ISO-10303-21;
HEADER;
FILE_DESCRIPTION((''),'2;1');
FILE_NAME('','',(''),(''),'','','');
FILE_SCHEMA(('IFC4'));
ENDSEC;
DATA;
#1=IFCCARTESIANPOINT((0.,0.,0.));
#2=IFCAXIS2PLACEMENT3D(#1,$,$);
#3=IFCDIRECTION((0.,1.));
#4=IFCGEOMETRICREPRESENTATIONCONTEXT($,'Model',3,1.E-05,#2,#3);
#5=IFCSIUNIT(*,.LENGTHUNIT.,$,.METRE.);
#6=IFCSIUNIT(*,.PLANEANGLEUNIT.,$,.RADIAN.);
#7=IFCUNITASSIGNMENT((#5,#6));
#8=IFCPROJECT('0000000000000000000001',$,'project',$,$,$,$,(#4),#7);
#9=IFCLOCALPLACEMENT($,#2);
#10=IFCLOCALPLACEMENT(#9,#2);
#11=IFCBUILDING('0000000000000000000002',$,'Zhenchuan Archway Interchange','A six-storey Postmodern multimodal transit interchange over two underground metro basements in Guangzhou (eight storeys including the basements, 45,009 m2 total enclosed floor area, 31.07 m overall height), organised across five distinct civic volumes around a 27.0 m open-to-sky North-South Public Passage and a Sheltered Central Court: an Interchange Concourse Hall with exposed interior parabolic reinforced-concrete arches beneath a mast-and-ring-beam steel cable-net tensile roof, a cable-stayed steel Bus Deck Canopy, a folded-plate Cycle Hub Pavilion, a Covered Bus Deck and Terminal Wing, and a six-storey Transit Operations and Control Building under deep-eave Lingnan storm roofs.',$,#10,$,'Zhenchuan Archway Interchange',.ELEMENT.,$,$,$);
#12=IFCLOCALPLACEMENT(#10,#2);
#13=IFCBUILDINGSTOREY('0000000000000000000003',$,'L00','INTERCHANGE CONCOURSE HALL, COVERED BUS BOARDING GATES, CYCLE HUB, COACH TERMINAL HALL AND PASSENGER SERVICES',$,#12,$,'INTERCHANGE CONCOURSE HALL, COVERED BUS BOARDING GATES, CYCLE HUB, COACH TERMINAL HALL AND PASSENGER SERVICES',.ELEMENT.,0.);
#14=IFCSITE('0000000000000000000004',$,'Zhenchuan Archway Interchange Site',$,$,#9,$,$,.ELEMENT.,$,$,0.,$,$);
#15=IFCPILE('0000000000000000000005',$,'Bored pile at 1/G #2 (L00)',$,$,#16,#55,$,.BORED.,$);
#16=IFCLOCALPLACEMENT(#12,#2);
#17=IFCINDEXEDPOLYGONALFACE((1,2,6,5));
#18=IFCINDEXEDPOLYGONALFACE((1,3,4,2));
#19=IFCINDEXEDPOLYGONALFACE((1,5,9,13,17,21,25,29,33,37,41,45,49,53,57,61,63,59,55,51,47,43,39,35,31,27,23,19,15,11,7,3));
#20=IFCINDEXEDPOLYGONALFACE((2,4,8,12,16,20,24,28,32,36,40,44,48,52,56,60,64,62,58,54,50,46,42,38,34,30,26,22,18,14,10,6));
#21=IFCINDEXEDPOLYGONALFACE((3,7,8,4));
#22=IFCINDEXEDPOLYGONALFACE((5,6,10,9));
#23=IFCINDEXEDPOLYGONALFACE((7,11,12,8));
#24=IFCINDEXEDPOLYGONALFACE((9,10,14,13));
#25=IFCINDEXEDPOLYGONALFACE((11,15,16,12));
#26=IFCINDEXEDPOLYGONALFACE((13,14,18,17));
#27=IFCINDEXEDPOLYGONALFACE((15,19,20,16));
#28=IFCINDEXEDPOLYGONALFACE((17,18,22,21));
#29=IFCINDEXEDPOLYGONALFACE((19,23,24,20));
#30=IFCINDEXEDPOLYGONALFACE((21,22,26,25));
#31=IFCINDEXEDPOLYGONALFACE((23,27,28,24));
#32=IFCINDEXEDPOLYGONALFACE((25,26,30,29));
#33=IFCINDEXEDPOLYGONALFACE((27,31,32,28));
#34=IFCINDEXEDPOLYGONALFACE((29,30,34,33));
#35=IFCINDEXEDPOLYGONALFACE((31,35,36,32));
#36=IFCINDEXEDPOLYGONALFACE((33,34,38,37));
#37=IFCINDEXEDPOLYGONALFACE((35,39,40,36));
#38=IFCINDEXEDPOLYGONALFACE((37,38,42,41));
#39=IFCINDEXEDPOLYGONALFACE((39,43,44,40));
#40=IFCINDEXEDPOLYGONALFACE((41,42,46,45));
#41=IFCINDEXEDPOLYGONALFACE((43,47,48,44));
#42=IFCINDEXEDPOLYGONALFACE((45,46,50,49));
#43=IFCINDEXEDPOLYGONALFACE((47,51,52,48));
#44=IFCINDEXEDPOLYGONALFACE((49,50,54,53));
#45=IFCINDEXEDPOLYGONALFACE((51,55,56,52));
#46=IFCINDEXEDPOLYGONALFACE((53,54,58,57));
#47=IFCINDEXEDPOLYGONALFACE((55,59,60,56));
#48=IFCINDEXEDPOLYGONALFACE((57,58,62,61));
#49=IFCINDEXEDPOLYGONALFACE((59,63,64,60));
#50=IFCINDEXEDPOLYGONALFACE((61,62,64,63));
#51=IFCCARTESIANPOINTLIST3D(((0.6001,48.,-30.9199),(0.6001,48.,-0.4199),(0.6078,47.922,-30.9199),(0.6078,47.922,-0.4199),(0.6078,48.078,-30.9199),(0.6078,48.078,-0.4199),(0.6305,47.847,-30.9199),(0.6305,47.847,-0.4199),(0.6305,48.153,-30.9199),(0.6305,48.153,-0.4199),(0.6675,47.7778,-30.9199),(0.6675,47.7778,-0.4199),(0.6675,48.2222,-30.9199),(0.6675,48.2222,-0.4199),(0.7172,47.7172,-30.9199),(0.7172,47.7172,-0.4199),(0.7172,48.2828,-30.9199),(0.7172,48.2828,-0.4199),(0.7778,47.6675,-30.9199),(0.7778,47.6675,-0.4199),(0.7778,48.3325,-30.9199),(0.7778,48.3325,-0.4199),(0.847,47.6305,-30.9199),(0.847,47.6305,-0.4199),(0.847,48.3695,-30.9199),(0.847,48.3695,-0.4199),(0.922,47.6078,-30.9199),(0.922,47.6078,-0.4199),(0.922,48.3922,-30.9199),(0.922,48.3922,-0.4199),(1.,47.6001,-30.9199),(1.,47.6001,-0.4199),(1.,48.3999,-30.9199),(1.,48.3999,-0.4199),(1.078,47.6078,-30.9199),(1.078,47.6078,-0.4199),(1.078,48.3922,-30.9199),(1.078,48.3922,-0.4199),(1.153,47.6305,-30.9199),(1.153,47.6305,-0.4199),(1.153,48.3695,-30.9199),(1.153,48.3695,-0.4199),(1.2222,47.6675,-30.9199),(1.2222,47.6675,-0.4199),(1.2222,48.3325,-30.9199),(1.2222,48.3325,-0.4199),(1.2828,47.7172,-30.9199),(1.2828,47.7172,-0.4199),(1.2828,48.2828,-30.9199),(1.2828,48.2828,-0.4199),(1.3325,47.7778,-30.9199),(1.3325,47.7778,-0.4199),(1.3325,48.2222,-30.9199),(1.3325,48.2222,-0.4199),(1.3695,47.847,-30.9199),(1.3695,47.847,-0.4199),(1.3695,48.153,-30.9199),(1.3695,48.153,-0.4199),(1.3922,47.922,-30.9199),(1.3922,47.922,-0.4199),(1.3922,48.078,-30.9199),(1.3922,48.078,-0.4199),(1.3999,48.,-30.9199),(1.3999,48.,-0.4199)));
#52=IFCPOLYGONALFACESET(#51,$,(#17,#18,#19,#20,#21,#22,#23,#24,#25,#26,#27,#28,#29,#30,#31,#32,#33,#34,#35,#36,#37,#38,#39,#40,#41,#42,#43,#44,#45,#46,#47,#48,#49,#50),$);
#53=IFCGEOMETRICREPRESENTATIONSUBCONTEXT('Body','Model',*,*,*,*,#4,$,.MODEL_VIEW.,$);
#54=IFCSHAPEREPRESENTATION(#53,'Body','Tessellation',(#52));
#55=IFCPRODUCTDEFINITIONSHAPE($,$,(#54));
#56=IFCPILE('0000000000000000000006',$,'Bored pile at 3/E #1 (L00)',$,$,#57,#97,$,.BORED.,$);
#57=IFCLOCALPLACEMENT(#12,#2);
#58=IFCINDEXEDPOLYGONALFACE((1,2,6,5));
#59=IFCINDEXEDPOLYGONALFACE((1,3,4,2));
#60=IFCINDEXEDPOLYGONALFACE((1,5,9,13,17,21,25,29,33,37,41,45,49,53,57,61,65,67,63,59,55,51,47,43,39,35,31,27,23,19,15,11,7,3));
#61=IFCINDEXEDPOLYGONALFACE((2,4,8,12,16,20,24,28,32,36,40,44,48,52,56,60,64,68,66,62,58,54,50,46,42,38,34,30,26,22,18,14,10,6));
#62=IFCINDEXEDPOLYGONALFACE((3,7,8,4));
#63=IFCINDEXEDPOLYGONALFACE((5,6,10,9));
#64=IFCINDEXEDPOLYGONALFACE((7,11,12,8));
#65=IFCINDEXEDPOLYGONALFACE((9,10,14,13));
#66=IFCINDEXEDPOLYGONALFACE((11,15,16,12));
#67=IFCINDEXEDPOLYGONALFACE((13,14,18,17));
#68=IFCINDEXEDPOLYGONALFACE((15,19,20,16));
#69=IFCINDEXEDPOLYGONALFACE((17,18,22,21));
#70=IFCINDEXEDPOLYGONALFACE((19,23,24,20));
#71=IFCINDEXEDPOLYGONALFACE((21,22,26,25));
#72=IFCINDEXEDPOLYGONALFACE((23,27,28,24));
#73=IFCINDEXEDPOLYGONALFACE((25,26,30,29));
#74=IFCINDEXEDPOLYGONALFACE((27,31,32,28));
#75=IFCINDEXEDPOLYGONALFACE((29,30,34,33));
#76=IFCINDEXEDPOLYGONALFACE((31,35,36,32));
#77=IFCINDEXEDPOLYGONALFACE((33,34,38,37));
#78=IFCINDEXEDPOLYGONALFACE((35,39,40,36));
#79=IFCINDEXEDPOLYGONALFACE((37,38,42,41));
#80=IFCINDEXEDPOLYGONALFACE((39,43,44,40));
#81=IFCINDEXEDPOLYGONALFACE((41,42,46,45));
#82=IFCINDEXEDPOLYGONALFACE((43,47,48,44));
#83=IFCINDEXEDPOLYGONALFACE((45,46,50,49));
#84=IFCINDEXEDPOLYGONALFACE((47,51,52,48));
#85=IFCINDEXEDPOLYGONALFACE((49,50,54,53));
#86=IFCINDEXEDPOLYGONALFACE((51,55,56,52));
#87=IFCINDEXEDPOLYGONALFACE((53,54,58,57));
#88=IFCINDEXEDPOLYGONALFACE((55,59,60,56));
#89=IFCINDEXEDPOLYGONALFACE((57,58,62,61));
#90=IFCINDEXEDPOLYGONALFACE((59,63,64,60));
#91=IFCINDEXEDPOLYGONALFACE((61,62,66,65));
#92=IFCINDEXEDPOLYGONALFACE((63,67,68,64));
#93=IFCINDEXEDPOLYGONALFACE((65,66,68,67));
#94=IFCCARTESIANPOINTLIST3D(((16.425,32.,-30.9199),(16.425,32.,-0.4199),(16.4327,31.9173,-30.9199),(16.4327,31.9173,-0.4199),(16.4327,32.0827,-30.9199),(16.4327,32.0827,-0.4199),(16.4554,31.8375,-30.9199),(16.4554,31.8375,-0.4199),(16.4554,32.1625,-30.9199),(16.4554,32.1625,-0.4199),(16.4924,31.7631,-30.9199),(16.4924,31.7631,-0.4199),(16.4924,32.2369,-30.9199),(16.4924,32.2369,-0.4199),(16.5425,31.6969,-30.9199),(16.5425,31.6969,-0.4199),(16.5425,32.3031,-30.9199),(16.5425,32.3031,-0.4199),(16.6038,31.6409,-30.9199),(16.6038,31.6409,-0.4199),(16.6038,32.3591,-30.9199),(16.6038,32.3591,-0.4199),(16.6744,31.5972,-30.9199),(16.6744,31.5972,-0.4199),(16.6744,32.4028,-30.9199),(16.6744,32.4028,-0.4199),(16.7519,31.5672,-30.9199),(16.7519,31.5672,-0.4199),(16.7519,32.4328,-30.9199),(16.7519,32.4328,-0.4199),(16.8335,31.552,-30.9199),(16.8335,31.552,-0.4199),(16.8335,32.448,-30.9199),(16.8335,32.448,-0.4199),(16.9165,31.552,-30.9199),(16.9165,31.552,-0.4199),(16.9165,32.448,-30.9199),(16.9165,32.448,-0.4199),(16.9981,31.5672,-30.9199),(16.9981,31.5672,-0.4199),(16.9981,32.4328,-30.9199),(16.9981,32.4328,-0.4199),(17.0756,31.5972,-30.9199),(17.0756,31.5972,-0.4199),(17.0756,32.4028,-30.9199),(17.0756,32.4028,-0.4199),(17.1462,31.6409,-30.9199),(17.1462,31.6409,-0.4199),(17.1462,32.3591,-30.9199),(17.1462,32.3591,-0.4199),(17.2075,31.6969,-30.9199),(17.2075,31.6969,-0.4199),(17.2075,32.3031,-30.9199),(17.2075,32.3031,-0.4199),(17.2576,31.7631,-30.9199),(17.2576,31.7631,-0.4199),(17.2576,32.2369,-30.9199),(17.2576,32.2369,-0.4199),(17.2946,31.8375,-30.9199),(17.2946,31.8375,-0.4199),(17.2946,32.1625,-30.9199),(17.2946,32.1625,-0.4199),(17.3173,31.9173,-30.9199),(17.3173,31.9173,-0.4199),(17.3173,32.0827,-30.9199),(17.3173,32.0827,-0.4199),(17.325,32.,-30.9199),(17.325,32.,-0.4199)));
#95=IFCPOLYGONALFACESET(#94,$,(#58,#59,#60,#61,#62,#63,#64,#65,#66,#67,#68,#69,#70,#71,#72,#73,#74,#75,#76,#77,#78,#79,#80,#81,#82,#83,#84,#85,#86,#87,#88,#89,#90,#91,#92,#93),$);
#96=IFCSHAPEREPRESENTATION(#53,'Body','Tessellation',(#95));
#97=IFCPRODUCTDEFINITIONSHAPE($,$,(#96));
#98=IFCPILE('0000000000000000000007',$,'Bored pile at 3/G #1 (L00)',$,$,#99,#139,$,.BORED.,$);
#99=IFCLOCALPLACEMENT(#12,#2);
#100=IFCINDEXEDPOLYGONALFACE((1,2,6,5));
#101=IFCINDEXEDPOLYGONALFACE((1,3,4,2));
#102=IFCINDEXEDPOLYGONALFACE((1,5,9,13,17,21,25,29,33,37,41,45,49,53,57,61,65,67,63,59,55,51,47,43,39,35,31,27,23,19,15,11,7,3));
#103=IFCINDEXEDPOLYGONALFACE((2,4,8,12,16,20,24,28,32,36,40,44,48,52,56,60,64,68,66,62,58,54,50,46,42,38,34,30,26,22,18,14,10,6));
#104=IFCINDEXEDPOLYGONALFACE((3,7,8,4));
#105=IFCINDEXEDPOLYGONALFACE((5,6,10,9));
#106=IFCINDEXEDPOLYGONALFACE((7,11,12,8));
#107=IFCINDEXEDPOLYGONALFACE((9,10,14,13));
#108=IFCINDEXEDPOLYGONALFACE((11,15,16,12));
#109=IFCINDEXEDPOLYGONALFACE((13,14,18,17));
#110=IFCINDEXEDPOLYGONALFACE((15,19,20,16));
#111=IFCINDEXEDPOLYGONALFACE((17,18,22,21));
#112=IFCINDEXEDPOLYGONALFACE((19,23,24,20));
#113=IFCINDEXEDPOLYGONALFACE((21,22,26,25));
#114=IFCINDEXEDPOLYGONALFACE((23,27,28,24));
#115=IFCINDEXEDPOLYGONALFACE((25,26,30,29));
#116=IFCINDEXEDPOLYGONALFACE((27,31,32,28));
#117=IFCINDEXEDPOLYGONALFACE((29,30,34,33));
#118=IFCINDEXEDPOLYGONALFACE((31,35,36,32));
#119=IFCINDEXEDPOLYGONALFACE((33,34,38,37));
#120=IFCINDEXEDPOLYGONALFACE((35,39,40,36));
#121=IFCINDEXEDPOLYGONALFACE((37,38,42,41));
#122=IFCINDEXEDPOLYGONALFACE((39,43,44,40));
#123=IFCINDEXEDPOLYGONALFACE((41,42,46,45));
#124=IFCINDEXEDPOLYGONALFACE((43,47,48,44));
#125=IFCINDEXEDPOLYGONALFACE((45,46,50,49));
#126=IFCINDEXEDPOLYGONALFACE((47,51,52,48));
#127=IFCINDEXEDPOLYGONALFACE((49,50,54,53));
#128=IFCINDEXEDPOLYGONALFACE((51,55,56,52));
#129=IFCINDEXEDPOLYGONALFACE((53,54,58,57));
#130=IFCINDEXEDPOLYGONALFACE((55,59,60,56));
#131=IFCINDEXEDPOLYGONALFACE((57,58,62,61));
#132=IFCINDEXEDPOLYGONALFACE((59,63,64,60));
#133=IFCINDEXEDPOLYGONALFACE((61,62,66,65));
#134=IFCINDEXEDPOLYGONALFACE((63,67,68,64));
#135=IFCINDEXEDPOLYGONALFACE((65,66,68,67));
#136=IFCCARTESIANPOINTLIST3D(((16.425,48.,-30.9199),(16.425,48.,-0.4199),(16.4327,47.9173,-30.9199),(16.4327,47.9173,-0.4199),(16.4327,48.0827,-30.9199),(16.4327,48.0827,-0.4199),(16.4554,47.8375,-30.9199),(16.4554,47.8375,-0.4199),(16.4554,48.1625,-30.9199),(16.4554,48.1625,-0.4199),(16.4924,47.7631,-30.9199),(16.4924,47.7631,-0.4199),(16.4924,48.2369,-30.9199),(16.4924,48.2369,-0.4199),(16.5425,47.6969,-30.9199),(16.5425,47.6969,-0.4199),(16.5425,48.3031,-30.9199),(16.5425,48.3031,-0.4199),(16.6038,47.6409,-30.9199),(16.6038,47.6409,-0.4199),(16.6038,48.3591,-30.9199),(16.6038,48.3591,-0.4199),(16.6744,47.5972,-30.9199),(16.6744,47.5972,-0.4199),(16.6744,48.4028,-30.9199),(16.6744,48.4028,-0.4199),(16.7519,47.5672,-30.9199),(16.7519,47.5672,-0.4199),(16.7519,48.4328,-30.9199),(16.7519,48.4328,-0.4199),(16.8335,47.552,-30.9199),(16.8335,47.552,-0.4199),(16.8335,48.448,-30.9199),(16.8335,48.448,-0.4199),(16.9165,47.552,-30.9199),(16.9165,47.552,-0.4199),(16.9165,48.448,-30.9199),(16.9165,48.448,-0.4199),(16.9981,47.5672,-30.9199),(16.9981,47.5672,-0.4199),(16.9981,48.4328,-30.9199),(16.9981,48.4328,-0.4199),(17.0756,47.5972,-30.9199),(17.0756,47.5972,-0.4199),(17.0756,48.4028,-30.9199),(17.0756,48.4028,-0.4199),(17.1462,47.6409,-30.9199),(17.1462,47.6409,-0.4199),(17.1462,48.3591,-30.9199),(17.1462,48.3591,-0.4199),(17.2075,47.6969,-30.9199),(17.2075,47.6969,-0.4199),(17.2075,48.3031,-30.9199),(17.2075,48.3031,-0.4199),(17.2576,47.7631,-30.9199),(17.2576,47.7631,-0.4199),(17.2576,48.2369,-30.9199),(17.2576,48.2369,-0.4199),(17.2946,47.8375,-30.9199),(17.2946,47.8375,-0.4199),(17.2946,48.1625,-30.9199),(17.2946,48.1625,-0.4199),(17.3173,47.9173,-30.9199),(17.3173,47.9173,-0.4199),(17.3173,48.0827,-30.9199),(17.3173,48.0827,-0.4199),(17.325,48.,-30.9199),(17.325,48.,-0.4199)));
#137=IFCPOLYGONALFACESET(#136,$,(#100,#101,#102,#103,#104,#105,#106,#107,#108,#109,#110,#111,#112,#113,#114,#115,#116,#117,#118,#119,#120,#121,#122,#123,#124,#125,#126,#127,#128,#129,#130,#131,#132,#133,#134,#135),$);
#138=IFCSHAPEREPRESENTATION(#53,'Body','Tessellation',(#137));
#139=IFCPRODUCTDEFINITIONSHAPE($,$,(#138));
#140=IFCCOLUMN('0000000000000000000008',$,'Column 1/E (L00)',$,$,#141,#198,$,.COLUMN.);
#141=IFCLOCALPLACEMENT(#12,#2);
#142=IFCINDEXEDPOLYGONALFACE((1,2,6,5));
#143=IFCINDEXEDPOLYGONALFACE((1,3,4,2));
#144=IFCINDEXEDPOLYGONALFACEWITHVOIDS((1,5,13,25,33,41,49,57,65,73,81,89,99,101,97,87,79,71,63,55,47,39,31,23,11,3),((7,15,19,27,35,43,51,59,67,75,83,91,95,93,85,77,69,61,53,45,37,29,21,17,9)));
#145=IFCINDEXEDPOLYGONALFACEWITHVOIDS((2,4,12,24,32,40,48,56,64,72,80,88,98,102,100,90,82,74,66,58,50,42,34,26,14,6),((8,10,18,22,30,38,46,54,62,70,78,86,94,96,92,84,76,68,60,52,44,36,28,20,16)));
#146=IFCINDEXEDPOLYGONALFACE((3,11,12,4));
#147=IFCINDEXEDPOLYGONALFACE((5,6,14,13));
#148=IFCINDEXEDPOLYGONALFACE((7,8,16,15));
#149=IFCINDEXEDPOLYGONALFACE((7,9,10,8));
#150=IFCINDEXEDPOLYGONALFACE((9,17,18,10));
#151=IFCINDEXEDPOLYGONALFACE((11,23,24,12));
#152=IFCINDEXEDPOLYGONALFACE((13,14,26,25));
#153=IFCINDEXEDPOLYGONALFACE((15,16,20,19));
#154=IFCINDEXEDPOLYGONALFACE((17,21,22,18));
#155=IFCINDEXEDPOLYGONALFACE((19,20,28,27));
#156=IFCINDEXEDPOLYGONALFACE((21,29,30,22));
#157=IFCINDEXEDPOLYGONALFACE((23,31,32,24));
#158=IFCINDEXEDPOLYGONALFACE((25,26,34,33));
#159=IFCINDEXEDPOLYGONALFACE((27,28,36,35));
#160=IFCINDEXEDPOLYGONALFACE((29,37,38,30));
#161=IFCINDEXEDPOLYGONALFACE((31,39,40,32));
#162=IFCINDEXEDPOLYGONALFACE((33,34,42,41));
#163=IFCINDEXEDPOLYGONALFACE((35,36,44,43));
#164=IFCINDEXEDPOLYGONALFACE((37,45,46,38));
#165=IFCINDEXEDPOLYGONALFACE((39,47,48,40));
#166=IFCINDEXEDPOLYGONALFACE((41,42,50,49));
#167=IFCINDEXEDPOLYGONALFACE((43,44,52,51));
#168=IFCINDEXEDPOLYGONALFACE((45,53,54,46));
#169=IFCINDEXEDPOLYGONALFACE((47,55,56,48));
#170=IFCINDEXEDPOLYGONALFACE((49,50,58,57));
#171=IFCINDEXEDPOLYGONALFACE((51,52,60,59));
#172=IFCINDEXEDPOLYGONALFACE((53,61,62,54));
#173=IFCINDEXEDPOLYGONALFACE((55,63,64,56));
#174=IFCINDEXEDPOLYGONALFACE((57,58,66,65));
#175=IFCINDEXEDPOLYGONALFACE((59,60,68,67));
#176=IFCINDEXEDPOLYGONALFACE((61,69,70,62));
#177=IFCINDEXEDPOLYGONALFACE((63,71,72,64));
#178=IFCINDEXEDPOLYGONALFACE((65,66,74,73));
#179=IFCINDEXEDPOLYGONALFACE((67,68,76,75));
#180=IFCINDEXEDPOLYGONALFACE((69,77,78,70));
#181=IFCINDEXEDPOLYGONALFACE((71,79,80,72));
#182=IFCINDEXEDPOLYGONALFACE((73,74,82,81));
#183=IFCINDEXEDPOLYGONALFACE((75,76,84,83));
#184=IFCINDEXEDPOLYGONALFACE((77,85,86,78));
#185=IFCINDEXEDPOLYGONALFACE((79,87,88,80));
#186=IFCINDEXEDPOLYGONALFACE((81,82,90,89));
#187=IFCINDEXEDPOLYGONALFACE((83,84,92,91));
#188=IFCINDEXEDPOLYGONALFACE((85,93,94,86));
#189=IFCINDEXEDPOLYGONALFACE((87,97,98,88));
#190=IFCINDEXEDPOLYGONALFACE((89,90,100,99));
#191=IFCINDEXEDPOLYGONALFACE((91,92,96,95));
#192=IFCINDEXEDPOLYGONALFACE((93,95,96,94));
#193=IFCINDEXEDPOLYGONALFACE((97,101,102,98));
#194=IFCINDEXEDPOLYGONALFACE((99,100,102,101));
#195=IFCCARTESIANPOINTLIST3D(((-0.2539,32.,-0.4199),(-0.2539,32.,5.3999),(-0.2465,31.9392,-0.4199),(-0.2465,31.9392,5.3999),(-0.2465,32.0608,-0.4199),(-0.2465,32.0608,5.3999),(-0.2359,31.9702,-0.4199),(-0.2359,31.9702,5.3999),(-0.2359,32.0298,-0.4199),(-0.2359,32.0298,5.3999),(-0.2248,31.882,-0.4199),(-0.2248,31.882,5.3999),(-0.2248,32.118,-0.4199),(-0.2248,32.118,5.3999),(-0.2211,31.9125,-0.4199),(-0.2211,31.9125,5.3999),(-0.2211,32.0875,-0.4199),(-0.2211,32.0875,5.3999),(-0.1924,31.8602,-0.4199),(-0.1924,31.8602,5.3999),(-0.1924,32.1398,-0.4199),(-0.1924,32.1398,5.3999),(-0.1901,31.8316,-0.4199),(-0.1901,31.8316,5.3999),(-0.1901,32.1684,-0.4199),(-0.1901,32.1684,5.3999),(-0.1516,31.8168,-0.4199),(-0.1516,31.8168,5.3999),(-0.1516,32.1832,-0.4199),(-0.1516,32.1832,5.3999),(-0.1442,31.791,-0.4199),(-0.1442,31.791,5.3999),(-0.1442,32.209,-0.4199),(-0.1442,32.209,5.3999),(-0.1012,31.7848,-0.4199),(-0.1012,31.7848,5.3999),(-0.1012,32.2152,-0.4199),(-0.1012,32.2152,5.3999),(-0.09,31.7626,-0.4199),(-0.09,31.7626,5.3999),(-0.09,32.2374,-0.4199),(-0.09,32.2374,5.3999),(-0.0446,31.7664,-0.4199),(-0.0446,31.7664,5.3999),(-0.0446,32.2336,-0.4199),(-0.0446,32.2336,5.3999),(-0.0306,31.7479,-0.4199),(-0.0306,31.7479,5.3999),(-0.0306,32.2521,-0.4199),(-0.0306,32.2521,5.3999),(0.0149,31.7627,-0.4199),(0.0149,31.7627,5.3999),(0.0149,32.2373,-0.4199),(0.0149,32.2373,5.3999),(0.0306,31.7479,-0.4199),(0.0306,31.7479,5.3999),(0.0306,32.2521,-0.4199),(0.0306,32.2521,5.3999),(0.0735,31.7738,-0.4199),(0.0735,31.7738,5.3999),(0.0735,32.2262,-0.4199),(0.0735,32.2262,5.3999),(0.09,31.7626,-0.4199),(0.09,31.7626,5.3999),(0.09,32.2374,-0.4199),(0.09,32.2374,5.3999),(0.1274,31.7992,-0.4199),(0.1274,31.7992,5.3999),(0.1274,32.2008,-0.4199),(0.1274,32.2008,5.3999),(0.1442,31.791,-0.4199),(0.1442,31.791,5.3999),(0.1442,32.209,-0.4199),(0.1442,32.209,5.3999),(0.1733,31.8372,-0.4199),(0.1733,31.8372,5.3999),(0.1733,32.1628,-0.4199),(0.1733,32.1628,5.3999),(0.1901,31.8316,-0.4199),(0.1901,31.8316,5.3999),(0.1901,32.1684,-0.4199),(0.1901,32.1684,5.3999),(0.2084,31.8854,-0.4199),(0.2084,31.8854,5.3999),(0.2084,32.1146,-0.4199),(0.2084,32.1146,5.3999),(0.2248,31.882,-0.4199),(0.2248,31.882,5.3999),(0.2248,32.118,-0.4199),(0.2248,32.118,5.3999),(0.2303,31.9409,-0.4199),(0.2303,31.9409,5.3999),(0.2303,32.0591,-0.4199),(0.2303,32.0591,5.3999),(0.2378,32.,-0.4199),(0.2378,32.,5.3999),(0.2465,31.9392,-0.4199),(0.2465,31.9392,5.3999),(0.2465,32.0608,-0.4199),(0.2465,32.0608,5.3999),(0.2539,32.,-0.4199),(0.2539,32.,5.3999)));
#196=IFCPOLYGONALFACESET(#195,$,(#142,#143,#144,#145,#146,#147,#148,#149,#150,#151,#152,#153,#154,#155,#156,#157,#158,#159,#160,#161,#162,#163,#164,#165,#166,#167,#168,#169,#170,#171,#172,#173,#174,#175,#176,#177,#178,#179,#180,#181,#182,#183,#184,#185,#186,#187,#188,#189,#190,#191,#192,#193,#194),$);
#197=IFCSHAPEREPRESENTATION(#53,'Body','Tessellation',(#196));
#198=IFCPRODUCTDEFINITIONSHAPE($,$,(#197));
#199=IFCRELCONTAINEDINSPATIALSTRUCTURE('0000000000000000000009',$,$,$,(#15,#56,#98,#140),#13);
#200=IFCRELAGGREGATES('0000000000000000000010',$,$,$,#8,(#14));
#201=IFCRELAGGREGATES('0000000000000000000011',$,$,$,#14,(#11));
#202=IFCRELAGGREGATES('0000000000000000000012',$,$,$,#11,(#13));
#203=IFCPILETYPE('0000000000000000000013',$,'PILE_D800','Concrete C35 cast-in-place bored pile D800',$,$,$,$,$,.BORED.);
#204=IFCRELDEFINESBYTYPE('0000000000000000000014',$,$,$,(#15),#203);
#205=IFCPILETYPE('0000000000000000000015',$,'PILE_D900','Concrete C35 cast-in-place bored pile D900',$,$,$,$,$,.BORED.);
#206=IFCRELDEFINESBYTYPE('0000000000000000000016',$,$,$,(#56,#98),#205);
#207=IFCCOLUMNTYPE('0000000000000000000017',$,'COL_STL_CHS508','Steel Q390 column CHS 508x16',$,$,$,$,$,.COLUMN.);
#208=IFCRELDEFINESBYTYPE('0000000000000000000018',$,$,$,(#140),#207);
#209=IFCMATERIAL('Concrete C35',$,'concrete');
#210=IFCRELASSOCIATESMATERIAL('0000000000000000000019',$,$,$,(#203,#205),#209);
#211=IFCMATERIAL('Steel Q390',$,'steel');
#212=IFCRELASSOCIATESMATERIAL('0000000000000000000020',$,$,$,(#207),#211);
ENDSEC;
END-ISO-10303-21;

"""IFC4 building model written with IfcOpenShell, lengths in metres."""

from ifc_helpers import new_model, si_unit, direction, frame, origin, origin_2d, place, context, subcontext, project, spatial, circle, hollow_circle, extrude, material, material_profile, profile_set, type_object, element, save


model = new_model("IFC4")

# Units and contexts
model_context = context("Model", 3, precision=1e-05, world=origin(), true_north=direction((0.0, 1.0)))
body_context = subcontext(model_context, "Body", "Model", "MODEL_VIEW")
ifc_project = project(units=[si_unit("LENGTHUNIT", "METRE"), si_unit("PLANEANGLEUNIT", "RADIAN")], contexts=[model_context])

# Site, building, storey
site_placement = place(None, origin())
site = spatial("IfcSite", under=ifc_project, at=site_placement, Name="Zhenchuan Archway Interchange Site", CompositionType="ELEMENT", RefElevation=0.0)
building_placement = place(site_placement, origin())
building = spatial("IfcBuilding", under=site, at=building_placement, Name="Zhenchuan Archway Interchange", Description="A six-storey Postmodern multimodal transit interchange over two underground metro basements in Guangzhou (eight storeys including the basements, 45,009 m2 total enclosed floor area, 31.07 m overall height), organised across five distinct civic volumes around a 27.0 m open-to-sky North-South Public Passage and a Sheltered Central Court: an Interchange Concourse Hall with exposed interior parabolic reinforced-concrete arches beneath a mast-and-ring-beam steel cable-net tensile roof, a cable-stayed steel Bus Deck Canopy, a folded-plate Cycle Hub Pavilion, a Covered Bus Deck and Terminal Wing, and a six-storey Transit Operations and Control Building under deep-eave Lingnan storm roofs.", LongName="Zhenchuan Archway Interchange", CompositionType="ELEMENT")
storey_placement = place(building_placement, origin())
storey = spatial("IfcBuildingStorey", under=building, at=storey_placement, Name="L00", Description="INTERCHANGE CONCOURSE HALL, COVERED BUS BOARDING GATES, CYCLE HUB, COACH TERMINAL HALL AND PASSENGER SERVICES", LongName="INTERCHANGE CONCOURSE HALL, COVERED BUS BOARDING GATES, CYCLE HUB, COACH TERMINAL HALL AND PASSENGER SERVICES", CompositionType="ELEMENT", Elevation=0.0)

# Piles
ifc_material_1 = material(Name="Concrete C35", Category="concrete")
ifc_material_profile_1 = material_profile(ifc_material_1, circle(Radius=0.3999, at=origin_2d()), Name="BORED PILE 800")
ifc_profile_set_1 = profile_set([ifc_material_profile_1], Name="Concrete C35")
pile_type_1 = type_object("IfcPileType", Name="PILE_D800", Description="Concrete C35 cast-in-place bored pile D800", PredefinedType="BORED", material=ifc_profile_set_1)
for number, where, z_axis, x_axis, name in (
    (1, (1.0, 48.0, -0.4199), (0.0, 0.0, -1.0), (1.0, 0.0, 0.0), "Bored pile at 1/G #2 (L00)"),
):
    element("IfcPile", number, at=place(storey_placement, frame(where, z_axis=z_axis, x_axis=x_axis)), inside=storey, type_object=pile_type_1, Name=name, PredefinedType="BORED", context=body_context, shape_type="SweptSolid", body=[
        extrude(circle(Radius=0.3999, at=origin_2d()), origin(), (0.0, 0.0, 1.0), 30.5),
    ])
ifc_material_profile_2 = material_profile(ifc_material_1, circle(Radius=0.45, at=origin_2d()), Name="BORED PILE 900")
ifc_profile_set_2 = profile_set([ifc_material_profile_2], Name="Concrete C35")
pile_type_2 = type_object("IfcPileType", Name="PILE_D900", Description="Concrete C35 cast-in-place bored pile D900", PredefinedType="BORED", material=ifc_profile_set_2)
for number, where, z_axis, x_axis, name in (
    (2, (16.875, 32.0, -0.4199), (0.0, 0.0, -1.0), (1.0, 0.0, 0.0), "Bored pile at 3/E #1 (L00)"),
    (3, (16.875, 48.0, -0.4199), (0.0, 0.0, -1.0), (1.0, 0.0, 0.0), "Bored pile at 3/G #1 (L00)"),
):
    element("IfcPile", number, at=place(storey_placement, frame(where, z_axis=z_axis, x_axis=x_axis)), inside=storey, type_object=pile_type_2, Name=name, PredefinedType="BORED", context=body_context, shape_type="SweptSolid", body=[
        extrude(circle(Radius=0.45, at=origin_2d()), origin(), (0.0, 0.0, 1.0), 30.5),
    ])

# Column
ifc_material_2 = material(Name="Steel Q390", Category="steel")
ifc_material_profile_3 = material_profile(ifc_material_2, hollow_circle(Radius=0.2539, WallThickness=0.0161, at=origin_2d()), Name="CHS 508x16")
ifc_profile_set_3 = profile_set([ifc_material_profile_3], Name="Steel Q390")
column_type = type_object("IfcColumnType", Name="COL_STL_CHS508", Description="Steel Q390 column CHS 508x16", PredefinedType="COLUMN", material=ifc_profile_set_3)
for number, where, z_axis, x_axis, name in (
    (4, (0.0, 32.0, -0.4199), (0.0, 0.0, 1.0), (1.0, 0.0, 0.0), "Column 1/E (L00)"),
):
    element("IfcColumn", number, at=place(storey_placement, frame(where, z_axis=z_axis, x_axis=x_axis)), inside=storey, type_object=column_type, Name=name, PredefinedType="COLUMN", context=body_context, shape_type="SweptSolid", body=[
        extrude(hollow_circle(Radius=0.2539, WallThickness=0.0161, at=origin_2d()), origin(), (0.0, 0.0, 1.0), 5.8198),
    ])

save(model, "model.ifc")
